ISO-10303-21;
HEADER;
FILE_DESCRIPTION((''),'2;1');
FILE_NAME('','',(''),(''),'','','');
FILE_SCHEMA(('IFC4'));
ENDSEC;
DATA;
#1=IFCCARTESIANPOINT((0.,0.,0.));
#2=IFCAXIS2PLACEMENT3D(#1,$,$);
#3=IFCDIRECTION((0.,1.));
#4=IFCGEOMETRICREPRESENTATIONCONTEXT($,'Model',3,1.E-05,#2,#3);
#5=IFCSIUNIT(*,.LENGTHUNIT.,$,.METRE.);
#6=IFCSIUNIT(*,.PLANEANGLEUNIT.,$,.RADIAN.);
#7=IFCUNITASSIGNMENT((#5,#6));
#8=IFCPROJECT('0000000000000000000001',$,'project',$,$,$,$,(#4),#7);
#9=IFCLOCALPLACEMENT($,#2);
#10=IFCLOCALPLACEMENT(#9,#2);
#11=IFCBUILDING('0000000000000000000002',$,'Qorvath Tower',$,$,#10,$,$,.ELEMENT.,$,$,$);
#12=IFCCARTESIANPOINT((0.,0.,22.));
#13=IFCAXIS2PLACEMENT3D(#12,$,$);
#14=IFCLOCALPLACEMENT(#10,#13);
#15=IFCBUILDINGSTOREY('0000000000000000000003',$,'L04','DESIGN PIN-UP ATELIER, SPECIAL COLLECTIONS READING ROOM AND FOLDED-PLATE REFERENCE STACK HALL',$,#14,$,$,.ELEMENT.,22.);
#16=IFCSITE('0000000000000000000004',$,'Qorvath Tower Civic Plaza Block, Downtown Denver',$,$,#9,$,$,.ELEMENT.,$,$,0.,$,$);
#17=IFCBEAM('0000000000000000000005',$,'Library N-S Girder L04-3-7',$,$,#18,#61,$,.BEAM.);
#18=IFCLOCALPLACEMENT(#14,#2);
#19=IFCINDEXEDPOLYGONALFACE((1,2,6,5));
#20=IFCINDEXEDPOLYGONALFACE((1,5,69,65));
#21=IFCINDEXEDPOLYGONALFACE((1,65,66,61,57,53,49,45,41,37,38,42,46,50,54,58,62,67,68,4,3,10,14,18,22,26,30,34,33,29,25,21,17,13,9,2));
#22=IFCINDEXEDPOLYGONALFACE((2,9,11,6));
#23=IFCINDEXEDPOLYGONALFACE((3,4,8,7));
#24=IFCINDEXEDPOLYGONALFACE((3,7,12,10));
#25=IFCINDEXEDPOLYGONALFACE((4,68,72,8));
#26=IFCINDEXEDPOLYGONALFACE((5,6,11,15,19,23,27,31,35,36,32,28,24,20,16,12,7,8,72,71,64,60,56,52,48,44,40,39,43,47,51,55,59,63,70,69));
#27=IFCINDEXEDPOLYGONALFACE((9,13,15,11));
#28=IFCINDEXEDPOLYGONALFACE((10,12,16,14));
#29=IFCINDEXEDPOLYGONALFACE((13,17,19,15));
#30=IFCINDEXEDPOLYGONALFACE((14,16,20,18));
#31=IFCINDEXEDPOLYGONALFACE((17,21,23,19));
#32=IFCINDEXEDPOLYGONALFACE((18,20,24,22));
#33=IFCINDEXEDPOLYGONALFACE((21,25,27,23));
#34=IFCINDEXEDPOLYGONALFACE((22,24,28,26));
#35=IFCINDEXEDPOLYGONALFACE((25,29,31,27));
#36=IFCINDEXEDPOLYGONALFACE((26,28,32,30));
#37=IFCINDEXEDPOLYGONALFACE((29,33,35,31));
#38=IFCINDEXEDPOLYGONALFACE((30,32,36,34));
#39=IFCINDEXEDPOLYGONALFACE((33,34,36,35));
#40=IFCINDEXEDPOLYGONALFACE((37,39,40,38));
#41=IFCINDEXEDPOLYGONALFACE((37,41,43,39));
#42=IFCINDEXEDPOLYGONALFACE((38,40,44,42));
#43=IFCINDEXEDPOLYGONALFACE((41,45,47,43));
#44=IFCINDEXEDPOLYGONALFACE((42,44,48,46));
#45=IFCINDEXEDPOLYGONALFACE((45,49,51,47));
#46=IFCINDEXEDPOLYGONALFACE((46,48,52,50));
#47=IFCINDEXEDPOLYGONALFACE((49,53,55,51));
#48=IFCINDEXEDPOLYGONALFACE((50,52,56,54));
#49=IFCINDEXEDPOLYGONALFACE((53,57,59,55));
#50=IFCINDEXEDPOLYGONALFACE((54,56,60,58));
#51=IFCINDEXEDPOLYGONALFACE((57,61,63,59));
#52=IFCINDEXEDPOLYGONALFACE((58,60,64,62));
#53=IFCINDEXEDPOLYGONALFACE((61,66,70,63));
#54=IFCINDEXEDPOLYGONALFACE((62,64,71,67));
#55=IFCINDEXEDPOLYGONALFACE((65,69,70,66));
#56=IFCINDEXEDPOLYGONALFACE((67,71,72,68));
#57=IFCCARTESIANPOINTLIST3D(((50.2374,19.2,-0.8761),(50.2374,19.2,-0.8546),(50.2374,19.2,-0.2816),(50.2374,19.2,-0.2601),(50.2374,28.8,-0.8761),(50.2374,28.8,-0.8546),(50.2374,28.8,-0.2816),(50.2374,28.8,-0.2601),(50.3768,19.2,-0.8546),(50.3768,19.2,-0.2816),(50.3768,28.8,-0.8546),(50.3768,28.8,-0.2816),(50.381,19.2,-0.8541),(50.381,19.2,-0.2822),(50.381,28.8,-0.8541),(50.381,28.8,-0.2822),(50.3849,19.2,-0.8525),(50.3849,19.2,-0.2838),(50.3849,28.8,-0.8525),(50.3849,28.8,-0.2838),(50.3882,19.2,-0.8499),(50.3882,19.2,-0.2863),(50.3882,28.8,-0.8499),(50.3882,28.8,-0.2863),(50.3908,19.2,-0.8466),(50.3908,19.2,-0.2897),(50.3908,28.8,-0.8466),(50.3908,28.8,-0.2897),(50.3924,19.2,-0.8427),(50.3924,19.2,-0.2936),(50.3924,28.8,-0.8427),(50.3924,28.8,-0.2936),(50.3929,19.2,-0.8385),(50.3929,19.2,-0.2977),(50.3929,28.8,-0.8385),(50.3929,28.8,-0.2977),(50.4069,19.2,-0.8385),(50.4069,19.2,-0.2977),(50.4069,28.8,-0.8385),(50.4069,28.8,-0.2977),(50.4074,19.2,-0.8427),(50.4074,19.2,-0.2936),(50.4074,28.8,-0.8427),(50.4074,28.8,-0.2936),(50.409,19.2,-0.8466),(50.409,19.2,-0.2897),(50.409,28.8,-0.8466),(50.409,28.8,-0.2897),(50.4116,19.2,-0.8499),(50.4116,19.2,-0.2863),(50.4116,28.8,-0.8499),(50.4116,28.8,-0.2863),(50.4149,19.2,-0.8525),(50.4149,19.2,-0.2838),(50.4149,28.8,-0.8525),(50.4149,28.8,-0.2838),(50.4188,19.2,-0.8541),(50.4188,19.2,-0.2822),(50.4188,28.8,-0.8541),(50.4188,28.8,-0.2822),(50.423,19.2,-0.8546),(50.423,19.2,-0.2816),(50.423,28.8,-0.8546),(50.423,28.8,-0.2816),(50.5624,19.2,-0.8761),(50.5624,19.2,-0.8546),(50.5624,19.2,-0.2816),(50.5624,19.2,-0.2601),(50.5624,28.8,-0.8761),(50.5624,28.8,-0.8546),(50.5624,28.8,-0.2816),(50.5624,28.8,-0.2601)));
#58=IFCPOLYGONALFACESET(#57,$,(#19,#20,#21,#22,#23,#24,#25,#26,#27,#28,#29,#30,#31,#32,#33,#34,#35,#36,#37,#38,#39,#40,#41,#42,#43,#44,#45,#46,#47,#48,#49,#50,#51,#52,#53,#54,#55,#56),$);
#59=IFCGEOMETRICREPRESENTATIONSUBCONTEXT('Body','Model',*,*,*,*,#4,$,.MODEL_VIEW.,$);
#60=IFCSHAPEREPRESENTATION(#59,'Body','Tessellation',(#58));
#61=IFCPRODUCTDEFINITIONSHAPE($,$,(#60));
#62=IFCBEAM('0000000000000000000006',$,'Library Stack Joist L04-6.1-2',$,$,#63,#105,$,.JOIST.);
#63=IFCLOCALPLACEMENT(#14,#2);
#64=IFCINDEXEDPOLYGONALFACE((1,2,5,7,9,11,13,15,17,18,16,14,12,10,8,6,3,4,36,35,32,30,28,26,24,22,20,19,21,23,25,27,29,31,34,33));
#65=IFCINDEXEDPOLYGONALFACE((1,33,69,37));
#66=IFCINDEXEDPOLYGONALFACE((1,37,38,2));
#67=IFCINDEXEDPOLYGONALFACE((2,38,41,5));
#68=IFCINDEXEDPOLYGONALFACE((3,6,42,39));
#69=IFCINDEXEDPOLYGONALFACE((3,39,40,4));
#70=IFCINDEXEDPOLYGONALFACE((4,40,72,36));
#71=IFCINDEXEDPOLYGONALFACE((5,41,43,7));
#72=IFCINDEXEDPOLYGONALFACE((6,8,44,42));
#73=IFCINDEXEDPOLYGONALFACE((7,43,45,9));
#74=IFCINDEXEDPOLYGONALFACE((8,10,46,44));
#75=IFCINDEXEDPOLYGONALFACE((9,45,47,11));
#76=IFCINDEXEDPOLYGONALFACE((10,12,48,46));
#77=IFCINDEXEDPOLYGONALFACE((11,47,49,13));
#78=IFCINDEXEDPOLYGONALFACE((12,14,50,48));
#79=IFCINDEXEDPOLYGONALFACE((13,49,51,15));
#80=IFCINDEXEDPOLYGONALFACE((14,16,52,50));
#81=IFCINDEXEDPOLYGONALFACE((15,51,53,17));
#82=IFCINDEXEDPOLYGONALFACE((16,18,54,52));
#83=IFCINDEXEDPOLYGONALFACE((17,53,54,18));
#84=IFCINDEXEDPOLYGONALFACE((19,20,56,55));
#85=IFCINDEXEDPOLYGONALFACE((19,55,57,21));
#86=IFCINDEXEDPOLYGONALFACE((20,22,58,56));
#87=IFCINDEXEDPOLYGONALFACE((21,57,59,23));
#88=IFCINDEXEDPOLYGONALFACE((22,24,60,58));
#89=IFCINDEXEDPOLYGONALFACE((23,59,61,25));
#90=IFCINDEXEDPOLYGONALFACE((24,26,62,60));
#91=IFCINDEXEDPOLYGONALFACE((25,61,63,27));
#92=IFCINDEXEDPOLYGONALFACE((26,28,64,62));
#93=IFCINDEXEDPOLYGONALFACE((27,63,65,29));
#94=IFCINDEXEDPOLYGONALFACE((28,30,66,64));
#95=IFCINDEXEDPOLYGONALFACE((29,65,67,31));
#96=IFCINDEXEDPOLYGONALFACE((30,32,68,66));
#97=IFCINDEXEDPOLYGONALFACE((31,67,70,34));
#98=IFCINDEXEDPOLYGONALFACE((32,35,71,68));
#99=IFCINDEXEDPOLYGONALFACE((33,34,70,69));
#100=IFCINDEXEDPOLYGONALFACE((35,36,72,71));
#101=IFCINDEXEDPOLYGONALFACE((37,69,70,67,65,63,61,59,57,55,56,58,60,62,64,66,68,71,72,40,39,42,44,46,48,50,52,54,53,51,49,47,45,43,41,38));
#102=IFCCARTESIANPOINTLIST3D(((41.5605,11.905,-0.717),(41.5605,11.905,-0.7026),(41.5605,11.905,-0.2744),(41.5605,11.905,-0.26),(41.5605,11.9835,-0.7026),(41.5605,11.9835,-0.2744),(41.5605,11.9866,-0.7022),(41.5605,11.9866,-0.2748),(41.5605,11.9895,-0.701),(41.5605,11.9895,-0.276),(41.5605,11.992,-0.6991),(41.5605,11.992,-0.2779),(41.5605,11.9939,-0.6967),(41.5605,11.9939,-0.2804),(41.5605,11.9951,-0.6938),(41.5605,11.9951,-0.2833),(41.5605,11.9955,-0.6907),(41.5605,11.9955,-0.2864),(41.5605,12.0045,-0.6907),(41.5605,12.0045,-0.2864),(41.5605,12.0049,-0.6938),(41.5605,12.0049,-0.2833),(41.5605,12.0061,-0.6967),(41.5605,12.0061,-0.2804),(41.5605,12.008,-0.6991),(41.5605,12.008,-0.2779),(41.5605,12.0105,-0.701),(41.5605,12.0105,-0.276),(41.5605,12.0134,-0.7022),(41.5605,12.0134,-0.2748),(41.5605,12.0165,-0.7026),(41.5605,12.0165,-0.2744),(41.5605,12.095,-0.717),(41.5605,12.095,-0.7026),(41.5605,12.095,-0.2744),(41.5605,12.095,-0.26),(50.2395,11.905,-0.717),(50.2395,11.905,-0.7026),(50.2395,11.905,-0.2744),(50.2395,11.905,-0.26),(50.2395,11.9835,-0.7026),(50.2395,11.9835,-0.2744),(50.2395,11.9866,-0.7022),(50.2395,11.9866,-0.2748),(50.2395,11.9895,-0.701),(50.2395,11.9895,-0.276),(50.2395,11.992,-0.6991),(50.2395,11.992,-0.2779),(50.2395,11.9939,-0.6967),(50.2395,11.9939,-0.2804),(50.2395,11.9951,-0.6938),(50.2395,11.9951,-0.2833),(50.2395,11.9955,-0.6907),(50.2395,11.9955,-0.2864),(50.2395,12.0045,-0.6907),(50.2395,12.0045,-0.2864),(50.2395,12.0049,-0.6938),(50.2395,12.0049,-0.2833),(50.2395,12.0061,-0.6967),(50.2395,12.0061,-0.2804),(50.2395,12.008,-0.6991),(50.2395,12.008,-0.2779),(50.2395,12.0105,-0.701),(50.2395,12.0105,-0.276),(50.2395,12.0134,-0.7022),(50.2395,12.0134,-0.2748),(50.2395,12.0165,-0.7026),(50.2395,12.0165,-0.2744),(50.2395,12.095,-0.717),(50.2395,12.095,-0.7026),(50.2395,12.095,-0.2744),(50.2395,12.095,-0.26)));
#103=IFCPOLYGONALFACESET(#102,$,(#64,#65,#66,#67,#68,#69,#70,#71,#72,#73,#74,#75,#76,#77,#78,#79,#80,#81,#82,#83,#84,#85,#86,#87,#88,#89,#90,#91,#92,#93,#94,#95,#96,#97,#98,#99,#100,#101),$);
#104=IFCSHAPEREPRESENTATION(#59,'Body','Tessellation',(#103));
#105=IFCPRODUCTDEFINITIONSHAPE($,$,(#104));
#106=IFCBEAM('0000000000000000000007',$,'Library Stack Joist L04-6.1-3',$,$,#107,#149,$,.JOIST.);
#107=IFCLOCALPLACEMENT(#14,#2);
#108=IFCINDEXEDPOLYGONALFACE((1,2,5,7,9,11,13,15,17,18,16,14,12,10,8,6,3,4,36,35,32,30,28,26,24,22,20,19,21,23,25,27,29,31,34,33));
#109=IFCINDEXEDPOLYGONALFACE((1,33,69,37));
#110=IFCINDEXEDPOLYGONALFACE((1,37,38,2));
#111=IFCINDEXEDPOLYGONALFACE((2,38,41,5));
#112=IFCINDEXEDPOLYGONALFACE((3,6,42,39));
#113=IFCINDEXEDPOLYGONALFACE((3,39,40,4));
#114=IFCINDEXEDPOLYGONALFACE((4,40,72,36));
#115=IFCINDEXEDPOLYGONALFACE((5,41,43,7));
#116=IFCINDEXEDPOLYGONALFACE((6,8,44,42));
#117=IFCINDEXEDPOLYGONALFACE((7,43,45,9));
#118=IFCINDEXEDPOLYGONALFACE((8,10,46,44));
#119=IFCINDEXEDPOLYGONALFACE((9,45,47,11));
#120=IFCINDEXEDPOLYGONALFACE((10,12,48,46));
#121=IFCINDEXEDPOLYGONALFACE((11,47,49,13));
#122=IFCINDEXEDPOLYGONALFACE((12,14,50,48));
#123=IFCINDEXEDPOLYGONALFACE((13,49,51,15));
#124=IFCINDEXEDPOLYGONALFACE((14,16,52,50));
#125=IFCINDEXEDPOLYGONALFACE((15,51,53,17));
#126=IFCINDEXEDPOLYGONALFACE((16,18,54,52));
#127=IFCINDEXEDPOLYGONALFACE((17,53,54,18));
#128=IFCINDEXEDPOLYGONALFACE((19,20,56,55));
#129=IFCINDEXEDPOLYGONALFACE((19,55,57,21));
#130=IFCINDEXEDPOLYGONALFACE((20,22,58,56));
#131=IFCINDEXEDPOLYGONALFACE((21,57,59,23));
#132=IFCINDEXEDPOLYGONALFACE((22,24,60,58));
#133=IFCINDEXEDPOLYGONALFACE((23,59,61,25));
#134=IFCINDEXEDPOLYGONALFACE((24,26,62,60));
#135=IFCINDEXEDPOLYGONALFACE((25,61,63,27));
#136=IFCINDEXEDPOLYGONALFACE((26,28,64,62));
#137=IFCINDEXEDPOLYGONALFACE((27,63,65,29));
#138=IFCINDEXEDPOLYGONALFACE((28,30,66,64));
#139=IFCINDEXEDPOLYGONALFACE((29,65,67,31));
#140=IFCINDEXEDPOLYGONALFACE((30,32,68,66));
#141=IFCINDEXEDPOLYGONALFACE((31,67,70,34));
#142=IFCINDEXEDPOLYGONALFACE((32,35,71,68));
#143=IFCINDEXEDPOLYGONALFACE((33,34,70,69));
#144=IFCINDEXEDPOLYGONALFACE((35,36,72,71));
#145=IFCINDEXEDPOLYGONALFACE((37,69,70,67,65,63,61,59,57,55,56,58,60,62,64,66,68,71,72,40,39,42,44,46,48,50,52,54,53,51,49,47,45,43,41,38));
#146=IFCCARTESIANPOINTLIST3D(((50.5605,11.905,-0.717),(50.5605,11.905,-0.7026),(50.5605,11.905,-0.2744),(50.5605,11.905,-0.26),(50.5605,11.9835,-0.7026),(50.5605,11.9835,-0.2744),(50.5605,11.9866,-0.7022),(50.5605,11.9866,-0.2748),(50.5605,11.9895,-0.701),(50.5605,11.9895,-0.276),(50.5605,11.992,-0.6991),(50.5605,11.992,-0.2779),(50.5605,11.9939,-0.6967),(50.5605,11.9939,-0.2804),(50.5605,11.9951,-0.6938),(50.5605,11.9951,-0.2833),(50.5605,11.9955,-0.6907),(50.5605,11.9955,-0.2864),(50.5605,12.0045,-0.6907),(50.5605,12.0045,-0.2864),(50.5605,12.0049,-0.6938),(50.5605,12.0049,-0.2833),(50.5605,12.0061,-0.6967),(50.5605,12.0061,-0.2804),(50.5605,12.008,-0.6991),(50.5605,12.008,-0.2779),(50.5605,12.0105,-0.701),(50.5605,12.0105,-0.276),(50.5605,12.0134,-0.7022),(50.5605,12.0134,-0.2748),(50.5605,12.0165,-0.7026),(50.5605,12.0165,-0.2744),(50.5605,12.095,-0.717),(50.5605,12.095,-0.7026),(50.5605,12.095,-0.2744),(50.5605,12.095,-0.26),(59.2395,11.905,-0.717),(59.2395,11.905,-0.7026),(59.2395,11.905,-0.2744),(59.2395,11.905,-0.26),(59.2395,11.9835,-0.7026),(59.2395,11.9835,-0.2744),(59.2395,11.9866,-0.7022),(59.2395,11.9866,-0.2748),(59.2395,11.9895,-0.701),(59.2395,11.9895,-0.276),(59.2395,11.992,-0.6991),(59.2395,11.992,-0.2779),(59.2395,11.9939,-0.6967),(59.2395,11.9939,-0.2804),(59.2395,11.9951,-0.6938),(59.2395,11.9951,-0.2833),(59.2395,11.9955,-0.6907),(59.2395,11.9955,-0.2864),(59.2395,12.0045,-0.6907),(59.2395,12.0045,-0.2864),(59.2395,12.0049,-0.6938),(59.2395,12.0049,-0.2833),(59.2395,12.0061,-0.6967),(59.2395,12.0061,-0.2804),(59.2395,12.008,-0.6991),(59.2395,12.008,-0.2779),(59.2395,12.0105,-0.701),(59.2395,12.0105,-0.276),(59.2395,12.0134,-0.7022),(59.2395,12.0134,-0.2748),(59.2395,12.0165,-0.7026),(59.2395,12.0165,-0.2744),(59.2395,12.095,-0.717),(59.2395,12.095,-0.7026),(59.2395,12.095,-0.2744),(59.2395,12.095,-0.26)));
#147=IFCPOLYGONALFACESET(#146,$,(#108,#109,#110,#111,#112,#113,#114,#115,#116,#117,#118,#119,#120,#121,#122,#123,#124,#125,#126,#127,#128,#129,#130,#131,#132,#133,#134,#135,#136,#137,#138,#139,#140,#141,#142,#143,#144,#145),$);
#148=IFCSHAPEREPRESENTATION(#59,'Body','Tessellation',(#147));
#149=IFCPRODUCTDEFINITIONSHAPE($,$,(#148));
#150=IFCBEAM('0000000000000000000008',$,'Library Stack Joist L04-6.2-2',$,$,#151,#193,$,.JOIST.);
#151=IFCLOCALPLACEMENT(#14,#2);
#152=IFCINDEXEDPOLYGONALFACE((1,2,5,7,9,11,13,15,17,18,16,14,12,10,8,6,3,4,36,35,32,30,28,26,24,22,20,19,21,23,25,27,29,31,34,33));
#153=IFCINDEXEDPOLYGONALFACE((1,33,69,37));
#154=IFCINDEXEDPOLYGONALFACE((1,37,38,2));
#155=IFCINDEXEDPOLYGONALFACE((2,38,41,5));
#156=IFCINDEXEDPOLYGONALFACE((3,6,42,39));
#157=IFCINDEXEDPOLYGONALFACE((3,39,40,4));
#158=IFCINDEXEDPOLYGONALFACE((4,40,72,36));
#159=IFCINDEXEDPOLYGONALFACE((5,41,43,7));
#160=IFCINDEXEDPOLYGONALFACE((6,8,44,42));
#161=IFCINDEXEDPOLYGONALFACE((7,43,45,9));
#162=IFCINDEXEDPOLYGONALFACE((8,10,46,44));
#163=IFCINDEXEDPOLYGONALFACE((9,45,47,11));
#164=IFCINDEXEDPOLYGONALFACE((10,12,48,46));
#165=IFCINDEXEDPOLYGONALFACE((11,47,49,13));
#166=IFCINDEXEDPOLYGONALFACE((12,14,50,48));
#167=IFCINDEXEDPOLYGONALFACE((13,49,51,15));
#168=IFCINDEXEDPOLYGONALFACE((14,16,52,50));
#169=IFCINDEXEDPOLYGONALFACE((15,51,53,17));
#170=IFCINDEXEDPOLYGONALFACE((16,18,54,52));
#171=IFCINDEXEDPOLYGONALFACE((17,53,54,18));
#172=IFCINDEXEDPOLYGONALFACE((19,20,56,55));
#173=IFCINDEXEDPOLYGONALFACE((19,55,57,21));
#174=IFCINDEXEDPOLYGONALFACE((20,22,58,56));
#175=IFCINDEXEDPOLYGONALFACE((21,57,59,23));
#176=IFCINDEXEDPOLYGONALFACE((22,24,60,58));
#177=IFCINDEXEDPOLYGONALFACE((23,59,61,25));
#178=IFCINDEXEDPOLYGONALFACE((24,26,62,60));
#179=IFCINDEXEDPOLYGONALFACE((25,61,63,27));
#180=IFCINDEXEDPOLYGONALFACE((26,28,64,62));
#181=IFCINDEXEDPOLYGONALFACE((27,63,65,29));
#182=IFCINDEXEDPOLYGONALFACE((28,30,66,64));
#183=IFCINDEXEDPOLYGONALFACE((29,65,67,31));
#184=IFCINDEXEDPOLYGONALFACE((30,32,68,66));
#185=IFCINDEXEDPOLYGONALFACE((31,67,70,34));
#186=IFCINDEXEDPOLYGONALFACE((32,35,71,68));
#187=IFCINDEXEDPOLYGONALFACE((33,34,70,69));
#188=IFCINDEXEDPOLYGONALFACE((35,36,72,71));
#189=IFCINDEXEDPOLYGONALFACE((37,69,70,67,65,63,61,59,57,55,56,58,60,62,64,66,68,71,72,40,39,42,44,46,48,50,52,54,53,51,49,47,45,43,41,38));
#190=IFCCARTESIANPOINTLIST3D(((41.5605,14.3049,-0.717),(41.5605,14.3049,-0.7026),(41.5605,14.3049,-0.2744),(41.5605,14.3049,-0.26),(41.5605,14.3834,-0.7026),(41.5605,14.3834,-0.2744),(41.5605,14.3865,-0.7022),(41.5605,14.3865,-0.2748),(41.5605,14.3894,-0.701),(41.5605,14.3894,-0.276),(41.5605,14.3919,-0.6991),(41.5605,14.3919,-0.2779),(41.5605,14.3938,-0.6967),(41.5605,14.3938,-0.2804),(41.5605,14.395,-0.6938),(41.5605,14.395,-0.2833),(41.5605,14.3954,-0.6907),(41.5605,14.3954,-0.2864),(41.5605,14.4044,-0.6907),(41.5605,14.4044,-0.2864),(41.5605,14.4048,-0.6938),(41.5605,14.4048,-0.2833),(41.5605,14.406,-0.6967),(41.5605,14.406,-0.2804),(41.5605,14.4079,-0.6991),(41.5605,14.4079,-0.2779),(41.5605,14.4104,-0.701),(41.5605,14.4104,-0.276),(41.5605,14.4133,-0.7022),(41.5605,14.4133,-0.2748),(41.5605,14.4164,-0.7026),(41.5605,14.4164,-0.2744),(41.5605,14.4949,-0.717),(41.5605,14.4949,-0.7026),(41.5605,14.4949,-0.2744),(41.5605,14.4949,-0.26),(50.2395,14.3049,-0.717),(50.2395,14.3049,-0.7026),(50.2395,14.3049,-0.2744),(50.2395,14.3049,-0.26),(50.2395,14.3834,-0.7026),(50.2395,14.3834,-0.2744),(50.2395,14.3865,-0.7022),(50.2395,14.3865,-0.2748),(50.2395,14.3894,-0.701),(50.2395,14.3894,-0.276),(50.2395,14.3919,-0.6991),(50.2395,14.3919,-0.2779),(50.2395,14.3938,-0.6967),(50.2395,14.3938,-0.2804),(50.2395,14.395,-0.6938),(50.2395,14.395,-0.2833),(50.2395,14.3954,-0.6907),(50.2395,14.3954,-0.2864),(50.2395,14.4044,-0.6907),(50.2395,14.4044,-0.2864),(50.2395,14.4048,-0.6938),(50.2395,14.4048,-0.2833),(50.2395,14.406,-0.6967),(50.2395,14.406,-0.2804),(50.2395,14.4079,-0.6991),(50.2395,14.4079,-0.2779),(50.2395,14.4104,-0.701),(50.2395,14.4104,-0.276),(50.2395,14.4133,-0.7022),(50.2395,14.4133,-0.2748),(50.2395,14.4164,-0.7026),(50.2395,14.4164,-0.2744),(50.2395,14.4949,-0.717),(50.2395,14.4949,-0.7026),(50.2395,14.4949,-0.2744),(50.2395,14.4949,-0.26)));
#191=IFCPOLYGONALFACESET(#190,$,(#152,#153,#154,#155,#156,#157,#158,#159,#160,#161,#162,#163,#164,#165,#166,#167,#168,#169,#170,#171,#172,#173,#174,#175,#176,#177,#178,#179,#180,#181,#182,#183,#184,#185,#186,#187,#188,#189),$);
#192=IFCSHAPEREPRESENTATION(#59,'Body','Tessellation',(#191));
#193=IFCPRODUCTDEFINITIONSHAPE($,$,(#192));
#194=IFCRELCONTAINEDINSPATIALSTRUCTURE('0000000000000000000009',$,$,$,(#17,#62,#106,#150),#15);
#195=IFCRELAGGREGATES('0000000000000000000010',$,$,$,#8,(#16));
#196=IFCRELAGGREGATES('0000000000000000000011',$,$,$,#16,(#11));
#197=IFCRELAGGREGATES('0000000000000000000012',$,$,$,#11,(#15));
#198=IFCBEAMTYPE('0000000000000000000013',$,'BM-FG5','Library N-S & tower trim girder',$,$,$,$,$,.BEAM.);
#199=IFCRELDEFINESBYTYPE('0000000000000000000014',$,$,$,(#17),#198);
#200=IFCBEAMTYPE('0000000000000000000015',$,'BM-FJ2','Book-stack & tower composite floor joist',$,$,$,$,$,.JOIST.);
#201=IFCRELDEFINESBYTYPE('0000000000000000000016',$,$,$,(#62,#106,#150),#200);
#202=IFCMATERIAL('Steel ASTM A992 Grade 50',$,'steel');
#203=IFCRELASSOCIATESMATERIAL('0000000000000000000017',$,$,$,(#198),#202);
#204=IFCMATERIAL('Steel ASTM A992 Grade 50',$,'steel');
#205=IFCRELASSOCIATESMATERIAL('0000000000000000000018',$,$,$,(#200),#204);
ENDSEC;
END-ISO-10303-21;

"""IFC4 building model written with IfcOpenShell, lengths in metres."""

from ifc_helpers import new_model, si_unit, direction, frame, origin, origin_2d, place, context, subcontext, project, spatial, i_section, extrude, material, material_profile, profile_set, type_object, element, save


model = new_model("IFC4")

# Units and contexts
model_context = context("Model", 3, precision=1e-05, world=origin(), true_north=direction((0.0, 1.0)))
body_context = subcontext(model_context, "Body", "Model", "MODEL_VIEW")
ifc_project = project(units=[si_unit("LENGTHUNIT", "METRE"), si_unit("PLANEANGLEUNIT", "RADIAN")], contexts=[model_context])

# Site, building, storey
site_placement = place(None, origin())
site = spatial("IfcSite", under=ifc_project, at=site_placement, Name="Qorvath Tower Civic Plaza Block, Downtown Denver", CompositionType="ELEMENT", RefElevation=0.0)
building_placement = place(site_placement, origin())
building = spatial("IfcBuilding", under=site, at=building_placement, Name="Qorvath Tower", CompositionType="ELEMENT")
storey_placement = place(building_placement, frame((0.0, 0.0, 22.0)))
storey = spatial("IfcBuildingStorey", under=building, at=storey_placement, Name="L04", Description="DESIGN PIN-UP ATELIER, SPECIAL COLLECTIONS READING ROOM AND FOLDED-PLATE REFERENCE STACK HALL", CompositionType="ELEMENT", Elevation=22.0)

# Beams
ifc_material_1 = material(Name="Steel ASTM A992 Grade 50", Category="steel")
ifc_material_profile_1 = material_profile(ifc_material_1, i_section(OverallWidth=0.325, OverallDepth=0.616, WebThickness=0.0139, FlangeThickness=0.0215, FilletRadius=0.0161, at=origin_2d()), Name="W24x117")
ifc_profile_set_1 = profile_set([ifc_material_profile_1], Name="Steel ASTM A992 Grade 50")
beam_type_1 = type_object("IfcBeamType", Name="BM-FG5", Description="Library N-S & tower trim girder", PredefinedType="BEAM", material=ifc_profile_set_1)
beam_1_placement = place(storey_placement, frame((50.3999, 19.2, -0.5681), z_axis=(0.0, 1.0, 0.0), x_axis=(-1.0, 0.0, 0.0)))
element("IfcBeam", 1, at=beam_1_placement, inside=storey, type_object=beam_type_1, Name="Library N-S Girder L04-3-7", PredefinedType="BEAM", context=body_context, shape_type="SweptSolid", body=[
    extrude(i_section(OverallWidth=0.325, OverallDepth=0.616, WebThickness=0.0139, FlangeThickness=0.0215, FilletRadius=0.0161, at=origin_2d()), origin(), (0.0, 0.0, 1.0), 9.6001),
])
ifc_material_2 = material(Name="Steel ASTM A992 Grade 50", Category="steel")
ifc_material_profile_2 = material_profile(ifc_material_2, i_section(OverallWidth=0.1899, OverallDepth=0.457, WebThickness=0.009, FlangeThickness=0.0144, FilletRadius=0.012, at=origin_2d()), Name="W18x50")
ifc_profile_set_2 = profile_set([ifc_material_profile_2], Name="Steel ASTM A992 Grade 50")
beam_type_2 = type_object("IfcBeamType", Name="BM-FJ2", Description="Book-stack & tower composite floor joist", PredefinedType="JOIST", material=ifc_profile_set_2)
for number, where, z_axis, x_axis, name in (
    (2, (41.5605, 12.0, -0.4885), (1.0, 0.0, 0.0), (0.0, 1.0, 0.0), "Library Stack Joist L04-6.1-2"),
    (3, (50.5605, 12.0, -0.4885), (1.0, 0.0, 0.0), (0.0, 1.0, 0.0), "Library Stack Joist L04-6.1-3"),
    (4, (41.5605, 14.3999, -0.4885), (1.0, 0.0, 0.0), (0.0, 1.0, 0.0), "Library Stack Joist L04-6.2-2"),
):
    element("IfcBeam", number, at=place(storey_placement, frame(where, z_axis=z_axis, x_axis=x_axis)), inside=storey, type_object=beam_type_2, Name=name, PredefinedType="JOIST", context=body_context, shape_type="SweptSolid", body=[
        extrude(i_section(OverallWidth=0.1899, OverallDepth=0.457, WebThickness=0.009, FlangeThickness=0.0144, FilletRadius=0.012, at=origin_2d()), origin(), (0.0, 0.0, 1.0), 8.679),
    ])

save(model, "model.ifc")
